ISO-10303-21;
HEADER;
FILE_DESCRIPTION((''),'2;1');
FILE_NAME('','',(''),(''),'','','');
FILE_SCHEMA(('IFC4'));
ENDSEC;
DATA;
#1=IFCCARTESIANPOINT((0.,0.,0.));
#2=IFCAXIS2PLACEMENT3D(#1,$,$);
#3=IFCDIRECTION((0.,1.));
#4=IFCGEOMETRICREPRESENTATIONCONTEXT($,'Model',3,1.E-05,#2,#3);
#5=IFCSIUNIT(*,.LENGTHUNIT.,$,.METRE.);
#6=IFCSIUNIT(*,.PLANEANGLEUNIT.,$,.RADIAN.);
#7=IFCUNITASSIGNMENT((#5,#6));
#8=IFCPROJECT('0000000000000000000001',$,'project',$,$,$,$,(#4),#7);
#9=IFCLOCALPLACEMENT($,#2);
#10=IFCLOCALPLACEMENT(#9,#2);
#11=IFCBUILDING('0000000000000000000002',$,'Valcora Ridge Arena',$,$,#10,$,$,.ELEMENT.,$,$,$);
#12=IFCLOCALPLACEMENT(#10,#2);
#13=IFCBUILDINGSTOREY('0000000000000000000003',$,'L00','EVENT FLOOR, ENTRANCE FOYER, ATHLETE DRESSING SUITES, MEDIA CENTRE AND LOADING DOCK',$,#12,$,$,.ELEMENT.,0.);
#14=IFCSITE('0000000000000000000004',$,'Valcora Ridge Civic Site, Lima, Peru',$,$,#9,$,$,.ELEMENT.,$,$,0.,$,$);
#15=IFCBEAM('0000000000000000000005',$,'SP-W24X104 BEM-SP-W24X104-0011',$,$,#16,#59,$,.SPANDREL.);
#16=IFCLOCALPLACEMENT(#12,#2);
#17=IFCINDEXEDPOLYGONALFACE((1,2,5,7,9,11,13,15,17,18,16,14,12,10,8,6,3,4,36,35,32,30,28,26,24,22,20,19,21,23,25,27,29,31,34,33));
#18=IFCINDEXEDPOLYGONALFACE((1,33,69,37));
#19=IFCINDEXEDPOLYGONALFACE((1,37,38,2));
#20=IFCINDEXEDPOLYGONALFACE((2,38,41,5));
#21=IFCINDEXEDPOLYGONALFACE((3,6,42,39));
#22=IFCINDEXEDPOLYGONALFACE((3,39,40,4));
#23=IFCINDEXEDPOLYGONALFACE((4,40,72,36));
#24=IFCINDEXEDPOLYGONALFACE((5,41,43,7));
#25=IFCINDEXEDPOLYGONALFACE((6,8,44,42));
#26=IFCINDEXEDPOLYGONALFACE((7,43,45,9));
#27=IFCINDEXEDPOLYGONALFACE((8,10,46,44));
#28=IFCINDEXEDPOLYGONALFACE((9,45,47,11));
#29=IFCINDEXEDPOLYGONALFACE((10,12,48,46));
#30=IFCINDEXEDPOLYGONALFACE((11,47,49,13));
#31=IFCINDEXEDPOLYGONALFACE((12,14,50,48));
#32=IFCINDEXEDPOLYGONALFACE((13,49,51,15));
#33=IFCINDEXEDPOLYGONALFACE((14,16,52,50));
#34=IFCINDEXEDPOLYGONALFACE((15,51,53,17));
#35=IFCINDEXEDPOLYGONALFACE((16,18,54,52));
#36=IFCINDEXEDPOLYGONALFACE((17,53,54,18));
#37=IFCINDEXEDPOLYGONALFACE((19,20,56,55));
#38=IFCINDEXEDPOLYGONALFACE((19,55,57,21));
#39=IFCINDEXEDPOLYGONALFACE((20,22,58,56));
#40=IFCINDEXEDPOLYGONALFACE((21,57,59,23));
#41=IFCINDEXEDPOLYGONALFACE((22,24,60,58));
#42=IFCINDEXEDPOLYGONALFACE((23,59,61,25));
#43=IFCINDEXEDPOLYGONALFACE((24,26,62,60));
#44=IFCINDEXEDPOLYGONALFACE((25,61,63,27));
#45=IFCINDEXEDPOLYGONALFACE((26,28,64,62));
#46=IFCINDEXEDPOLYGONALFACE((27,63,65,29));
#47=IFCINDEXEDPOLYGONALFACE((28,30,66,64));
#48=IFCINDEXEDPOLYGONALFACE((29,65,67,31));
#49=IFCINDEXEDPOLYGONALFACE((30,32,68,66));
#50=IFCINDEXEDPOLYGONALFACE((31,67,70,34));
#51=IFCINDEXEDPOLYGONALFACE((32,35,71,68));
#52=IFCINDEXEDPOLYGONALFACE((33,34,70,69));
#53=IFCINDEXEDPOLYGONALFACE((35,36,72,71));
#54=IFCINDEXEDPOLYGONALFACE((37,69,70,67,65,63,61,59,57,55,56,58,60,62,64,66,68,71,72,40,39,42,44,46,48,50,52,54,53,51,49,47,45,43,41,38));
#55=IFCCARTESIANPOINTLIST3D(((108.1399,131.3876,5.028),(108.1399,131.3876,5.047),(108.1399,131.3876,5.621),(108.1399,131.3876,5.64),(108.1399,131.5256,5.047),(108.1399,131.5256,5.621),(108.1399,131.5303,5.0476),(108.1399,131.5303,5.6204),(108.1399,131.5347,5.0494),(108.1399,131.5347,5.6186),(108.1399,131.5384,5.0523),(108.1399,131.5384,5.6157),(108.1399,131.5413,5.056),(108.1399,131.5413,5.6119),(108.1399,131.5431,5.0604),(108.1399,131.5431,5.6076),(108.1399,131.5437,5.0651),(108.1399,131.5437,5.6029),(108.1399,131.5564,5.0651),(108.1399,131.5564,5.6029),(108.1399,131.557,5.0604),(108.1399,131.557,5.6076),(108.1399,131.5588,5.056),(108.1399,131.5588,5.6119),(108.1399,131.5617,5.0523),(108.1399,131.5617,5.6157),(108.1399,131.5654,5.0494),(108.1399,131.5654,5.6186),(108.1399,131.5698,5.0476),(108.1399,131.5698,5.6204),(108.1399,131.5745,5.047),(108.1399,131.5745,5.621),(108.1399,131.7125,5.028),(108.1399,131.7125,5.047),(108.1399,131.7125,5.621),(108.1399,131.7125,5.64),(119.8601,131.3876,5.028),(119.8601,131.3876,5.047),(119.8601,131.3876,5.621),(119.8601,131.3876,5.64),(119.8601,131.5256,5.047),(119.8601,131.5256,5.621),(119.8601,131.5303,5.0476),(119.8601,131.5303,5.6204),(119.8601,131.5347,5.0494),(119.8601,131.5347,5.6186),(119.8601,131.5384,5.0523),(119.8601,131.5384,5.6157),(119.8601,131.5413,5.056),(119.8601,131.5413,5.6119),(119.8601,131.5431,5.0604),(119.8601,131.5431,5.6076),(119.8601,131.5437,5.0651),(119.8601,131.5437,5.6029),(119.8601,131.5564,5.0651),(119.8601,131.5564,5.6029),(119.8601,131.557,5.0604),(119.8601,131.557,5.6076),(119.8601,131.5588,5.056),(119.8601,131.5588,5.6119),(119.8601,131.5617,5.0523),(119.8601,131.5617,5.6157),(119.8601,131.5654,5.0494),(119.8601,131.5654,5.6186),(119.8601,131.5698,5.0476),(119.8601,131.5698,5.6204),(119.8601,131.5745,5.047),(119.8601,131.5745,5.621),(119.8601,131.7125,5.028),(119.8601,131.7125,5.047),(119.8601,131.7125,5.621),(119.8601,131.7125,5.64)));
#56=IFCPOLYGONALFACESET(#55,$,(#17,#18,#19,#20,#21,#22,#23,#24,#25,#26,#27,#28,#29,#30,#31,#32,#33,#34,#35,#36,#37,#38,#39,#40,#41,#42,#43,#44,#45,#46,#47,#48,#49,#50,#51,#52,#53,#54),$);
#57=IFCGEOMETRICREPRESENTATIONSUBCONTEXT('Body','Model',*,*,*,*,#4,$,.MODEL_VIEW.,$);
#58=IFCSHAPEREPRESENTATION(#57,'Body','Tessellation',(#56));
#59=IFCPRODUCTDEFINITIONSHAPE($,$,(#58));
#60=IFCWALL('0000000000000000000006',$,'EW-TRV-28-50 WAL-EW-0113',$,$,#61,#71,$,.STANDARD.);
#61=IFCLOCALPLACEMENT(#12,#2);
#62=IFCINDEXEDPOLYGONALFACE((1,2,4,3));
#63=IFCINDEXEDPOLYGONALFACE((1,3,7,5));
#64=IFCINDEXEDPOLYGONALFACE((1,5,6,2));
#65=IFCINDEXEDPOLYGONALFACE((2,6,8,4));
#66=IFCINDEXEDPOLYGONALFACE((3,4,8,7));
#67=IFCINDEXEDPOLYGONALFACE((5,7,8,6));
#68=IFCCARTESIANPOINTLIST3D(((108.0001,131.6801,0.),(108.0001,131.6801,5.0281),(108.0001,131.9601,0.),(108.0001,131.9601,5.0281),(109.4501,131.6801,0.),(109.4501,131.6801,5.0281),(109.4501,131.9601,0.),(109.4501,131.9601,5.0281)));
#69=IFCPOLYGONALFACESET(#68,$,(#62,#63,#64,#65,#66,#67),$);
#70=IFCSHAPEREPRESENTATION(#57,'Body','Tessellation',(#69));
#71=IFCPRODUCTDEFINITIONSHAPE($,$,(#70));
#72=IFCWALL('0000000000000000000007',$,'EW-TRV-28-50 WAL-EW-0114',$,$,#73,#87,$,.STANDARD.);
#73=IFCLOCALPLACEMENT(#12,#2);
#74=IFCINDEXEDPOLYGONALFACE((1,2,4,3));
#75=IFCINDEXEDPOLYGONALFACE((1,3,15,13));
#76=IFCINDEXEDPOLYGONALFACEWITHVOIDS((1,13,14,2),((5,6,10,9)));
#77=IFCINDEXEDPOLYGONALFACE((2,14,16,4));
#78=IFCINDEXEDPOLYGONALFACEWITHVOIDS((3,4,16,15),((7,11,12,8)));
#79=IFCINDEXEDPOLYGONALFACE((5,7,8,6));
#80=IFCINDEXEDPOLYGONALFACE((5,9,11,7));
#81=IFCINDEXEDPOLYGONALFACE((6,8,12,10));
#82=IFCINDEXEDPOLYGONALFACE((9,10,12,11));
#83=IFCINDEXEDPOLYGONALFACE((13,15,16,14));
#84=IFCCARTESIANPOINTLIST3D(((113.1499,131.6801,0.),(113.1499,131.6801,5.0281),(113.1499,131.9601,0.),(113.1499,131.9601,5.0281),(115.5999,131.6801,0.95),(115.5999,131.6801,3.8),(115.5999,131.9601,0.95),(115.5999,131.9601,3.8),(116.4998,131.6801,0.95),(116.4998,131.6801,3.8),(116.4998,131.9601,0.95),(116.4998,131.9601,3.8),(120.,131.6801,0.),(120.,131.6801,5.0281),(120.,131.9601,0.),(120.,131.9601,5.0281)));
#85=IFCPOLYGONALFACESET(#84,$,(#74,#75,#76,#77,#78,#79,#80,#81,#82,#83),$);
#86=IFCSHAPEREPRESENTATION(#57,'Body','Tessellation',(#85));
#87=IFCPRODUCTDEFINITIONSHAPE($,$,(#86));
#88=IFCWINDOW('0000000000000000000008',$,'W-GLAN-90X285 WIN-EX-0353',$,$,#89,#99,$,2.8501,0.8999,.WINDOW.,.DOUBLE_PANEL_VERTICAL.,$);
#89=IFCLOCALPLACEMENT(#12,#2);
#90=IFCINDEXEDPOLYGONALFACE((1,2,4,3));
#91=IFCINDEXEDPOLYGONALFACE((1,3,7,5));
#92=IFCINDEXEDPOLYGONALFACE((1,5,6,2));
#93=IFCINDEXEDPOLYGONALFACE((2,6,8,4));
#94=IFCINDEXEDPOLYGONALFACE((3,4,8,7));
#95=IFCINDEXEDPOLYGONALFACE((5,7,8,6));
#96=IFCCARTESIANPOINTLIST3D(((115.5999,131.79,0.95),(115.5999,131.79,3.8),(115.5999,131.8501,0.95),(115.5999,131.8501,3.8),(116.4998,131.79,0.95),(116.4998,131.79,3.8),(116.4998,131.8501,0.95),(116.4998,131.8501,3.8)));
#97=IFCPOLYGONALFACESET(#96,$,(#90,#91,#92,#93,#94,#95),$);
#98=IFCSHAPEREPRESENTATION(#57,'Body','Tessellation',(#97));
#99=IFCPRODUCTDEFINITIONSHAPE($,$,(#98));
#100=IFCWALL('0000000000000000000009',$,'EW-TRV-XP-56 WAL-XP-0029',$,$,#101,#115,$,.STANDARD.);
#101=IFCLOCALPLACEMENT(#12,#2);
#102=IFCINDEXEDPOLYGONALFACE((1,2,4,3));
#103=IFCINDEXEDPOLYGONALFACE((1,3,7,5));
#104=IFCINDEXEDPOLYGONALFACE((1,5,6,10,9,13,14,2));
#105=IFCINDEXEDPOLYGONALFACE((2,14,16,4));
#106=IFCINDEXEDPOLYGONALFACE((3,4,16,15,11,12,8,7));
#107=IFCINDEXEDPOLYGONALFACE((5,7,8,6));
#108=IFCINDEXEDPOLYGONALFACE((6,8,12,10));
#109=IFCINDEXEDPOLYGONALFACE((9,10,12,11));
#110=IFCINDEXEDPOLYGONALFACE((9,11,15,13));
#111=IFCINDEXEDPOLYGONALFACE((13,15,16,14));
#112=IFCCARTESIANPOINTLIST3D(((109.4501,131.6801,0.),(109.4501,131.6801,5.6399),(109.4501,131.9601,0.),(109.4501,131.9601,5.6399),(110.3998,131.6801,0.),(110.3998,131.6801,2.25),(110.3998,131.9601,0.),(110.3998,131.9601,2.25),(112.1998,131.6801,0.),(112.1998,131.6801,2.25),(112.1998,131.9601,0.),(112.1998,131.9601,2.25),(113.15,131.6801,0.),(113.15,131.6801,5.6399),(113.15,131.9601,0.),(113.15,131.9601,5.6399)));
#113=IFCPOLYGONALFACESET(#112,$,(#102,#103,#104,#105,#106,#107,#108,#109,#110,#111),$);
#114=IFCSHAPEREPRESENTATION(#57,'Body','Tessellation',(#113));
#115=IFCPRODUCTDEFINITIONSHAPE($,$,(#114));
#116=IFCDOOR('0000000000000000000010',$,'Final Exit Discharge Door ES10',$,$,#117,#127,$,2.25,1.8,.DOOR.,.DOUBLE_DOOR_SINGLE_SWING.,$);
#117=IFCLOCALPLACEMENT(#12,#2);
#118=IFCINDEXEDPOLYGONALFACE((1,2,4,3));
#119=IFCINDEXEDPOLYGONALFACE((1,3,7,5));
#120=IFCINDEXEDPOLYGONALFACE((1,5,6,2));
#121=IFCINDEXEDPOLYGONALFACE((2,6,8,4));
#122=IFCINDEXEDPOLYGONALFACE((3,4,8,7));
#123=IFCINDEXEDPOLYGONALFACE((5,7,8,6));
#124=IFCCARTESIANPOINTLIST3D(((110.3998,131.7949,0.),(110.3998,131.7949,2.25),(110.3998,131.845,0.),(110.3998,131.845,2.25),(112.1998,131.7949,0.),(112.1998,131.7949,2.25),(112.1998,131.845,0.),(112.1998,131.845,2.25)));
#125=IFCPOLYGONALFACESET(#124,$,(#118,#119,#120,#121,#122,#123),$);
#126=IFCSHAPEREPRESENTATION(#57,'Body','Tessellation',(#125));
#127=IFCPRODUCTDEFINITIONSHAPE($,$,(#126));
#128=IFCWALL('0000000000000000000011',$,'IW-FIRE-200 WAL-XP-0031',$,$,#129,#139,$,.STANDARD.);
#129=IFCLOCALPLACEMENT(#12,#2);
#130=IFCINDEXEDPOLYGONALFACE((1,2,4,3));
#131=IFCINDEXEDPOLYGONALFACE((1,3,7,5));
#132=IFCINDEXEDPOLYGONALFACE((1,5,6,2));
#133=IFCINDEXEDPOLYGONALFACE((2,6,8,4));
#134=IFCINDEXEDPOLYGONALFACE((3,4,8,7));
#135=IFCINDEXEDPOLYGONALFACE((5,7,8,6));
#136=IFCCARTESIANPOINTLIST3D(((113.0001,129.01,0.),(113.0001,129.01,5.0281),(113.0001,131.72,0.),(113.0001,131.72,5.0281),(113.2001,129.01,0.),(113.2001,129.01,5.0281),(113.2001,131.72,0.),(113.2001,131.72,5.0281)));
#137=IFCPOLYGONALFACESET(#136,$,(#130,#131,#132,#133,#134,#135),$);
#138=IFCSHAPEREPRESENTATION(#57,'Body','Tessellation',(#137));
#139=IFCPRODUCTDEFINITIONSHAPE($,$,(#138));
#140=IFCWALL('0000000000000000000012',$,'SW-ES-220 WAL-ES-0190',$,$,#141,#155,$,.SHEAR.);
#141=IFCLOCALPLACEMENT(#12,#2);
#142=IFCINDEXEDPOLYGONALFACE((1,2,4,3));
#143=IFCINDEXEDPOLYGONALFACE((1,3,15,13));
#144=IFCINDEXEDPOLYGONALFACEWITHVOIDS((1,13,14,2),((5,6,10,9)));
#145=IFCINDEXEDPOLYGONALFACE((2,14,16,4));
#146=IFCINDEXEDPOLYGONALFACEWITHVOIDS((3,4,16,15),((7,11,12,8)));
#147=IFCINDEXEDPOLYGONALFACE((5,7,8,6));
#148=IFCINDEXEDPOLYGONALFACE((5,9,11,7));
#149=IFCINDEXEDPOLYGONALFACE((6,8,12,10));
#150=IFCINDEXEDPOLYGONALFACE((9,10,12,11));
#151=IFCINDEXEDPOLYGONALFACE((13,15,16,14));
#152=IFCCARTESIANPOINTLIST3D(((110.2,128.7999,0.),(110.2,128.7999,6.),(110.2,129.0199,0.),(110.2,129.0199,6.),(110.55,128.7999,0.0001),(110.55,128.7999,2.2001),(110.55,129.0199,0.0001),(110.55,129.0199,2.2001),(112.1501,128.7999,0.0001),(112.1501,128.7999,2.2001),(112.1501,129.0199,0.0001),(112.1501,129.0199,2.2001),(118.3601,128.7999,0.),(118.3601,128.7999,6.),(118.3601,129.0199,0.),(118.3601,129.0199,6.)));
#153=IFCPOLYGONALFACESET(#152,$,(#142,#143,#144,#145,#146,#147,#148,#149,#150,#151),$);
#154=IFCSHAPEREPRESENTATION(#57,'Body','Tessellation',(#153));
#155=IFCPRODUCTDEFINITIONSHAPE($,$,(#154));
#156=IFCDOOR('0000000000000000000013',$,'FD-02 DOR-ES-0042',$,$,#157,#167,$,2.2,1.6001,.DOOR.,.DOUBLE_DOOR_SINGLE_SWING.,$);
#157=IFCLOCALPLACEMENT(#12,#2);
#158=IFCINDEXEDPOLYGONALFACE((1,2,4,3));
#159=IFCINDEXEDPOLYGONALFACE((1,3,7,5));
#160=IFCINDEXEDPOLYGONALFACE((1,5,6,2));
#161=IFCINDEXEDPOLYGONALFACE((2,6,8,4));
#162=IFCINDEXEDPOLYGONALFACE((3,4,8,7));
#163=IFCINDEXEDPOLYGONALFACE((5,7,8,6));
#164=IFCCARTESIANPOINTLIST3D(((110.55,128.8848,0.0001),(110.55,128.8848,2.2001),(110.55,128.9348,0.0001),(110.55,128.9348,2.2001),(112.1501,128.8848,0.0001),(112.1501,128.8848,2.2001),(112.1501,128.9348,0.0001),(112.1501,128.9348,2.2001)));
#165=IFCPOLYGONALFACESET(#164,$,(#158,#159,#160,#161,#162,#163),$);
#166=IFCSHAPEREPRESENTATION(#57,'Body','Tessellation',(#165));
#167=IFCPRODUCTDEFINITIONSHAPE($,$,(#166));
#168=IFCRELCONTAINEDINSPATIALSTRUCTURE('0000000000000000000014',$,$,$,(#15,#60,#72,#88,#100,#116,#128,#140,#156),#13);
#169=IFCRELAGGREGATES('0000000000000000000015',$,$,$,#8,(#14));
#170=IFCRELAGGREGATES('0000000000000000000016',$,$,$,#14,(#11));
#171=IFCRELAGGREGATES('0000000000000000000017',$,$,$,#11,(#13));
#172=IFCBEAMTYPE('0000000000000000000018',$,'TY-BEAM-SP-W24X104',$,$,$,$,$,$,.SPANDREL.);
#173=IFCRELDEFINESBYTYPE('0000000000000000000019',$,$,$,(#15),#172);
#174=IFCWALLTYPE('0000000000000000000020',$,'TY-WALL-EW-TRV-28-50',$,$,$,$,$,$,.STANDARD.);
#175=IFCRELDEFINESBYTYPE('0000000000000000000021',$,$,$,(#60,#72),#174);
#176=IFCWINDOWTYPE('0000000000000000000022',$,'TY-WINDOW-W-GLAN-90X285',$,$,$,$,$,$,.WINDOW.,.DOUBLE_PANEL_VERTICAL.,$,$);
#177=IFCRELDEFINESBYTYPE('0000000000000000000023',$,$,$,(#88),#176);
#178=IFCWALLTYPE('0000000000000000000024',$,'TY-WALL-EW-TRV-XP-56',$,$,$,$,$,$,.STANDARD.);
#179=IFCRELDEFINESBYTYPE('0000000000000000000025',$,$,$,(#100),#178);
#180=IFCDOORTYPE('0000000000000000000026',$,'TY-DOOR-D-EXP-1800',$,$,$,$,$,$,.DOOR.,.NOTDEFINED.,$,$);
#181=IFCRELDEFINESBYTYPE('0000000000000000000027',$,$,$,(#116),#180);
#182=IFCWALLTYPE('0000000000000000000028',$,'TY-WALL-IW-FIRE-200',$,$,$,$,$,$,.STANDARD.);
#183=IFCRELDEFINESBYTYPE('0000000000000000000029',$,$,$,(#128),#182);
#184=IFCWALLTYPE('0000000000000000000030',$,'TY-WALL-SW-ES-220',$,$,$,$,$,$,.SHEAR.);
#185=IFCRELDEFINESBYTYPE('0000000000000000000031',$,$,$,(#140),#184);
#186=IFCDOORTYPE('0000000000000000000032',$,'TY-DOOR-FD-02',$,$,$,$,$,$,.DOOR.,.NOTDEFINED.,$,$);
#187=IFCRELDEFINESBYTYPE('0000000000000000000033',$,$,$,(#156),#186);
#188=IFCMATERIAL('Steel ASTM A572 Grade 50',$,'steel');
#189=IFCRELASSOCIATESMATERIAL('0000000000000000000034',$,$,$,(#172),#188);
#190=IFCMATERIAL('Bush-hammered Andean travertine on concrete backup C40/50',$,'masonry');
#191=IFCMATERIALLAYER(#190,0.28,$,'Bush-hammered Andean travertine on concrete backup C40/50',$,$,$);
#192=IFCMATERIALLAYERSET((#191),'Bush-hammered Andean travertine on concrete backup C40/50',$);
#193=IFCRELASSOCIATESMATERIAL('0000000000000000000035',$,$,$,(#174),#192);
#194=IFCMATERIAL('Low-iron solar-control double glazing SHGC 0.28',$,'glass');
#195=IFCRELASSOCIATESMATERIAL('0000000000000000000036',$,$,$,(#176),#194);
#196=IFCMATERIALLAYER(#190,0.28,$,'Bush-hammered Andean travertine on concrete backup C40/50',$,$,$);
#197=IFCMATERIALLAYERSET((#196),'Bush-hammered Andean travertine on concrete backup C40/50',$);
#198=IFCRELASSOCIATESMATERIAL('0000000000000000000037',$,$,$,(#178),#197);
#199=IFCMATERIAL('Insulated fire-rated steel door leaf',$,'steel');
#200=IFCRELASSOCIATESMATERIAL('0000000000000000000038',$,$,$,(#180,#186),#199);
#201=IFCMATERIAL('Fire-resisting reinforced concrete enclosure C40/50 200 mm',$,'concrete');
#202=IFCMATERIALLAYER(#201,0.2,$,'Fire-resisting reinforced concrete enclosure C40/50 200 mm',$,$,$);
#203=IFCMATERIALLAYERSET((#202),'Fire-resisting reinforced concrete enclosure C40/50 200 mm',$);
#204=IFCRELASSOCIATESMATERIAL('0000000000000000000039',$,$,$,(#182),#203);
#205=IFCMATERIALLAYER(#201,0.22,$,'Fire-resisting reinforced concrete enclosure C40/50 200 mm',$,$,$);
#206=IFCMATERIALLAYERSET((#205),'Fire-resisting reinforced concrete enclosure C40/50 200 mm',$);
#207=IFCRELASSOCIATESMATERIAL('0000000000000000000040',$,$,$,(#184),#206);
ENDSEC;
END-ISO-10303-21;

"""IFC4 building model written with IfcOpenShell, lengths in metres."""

from ifc_helpers import new_model, si_unit, direction, frame, frame_2d, origin, origin_2d, place, context, subcontext, project, spatial, rectangle, i_section, extrude, material, layer, layer_set, material_profile, profile_set, type_object, element, fill, save


model = new_model("IFC4")

# Units and contexts
model_context = context("Model", 3, precision=1e-05, world=origin(), true_north=direction((0.0, 1.0)))
body_context = subcontext(model_context, "Body", "Model", "MODEL_VIEW")
ifc_project = project(units=[si_unit("LENGTHUNIT", "METRE"), si_unit("PLANEANGLEUNIT", "RADIAN")], contexts=[model_context])

# Site, building, storey
site_placement = place(None, origin())
site = spatial("IfcSite", under=ifc_project, at=site_placement, Name="Valcora Ridge Civic Site, Lima, Peru", CompositionType="ELEMENT", RefElevation=0.0)
building_placement = place(site_placement, origin())
building = spatial("IfcBuilding", under=site, at=building_placement, Name="Valcora Ridge Arena", CompositionType="ELEMENT")
storey_placement = place(building_placement, origin())
storey = spatial("IfcBuildingStorey", under=building, at=storey_placement, Name="L00", Description="EVENT FLOOR, ENTRANCE FOYER, ATHLETE DRESSING SUITES, MEDIA CENTRE AND LOADING DOCK", CompositionType="ELEMENT", Elevation=0.0)

# Beam
ifc_material_1 = material(Name="Steel ASTM A572 Grade 50", Category="steel")
ifc_material_profile_1 = material_profile(ifc_material_1, i_section(OverallWidth=0.325, OverallDepth=0.6121, WebThickness=0.0127, FlangeThickness=0.019, FilletRadius=0.0181, at=origin_2d()), Name="W24X104")
ifc_profile_set_1 = profile_set([ifc_material_profile_1], Name="Steel ASTM A572 Grade 50")
beam_type = type_object("IfcBeamType", Name="TY-BEAM-SP-W24X104", PredefinedType="SPANDREL", material=ifc_profile_set_1)
for number, where, z_axis, x_axis, name in (
    (1, (108.1399, 131.55, 5.334), (1.0, 0.0, 0.0), (0.0, 1.0, 0.0), "SP-W24X104 BEM-SP-W24X104-0011"),
):
    element("IfcBeam", number, at=place(storey_placement, frame(where, z_axis=z_axis, x_axis=x_axis)), inside=storey, type_object=beam_type, Name=name, PredefinedType="SPANDREL", context=body_context, shape_type="SweptSolid", body=[
        extrude(i_section(OverallWidth=0.325, OverallDepth=0.6121, WebThickness=0.0127, FlangeThickness=0.019, FilletRadius=0.0181, at=origin_2d()), origin(), (0.0, 0.0, 1.0), 11.7202),
    ])

# Wall
ifc_material_2 = material(Name="Bush-hammered Andean travertine on concrete backup C40/50", Category="masonry")
ifc_layer_1 = layer(ifc_material_2, 0.28, Name="Bush-hammered Andean travertine on concrete backup C40/50")
ifc_layer_set_1 = layer_set([ifc_layer_1], Name="Bush-hammered Andean travertine on concrete backup C40/50")
wall_type_1 = type_object("IfcWallType", Name="TY-WALL-EW-TRV-28-50", PredefinedType="STANDARD", material=ifc_layer_set_1)
wall_1_placement = place(storey_placement, frame((108.0, 131.8201, 0.0), z_axis=(0.0, 0.0, 1.0), x_axis=(1.0, 0.0, 0.0)))
element("IfcWall", 2, at=wall_1_placement, inside=storey, type_object=wall_type_1, Name="EW-TRV-28-50 WAL-EW-0113", PredefinedType="STANDARD", context=body_context, shape_type="SweptSolid", body=[
    extrude(rectangle(XDim=1.45, YDim=0.28, at=frame_2d((0.7251, 0.0))), origin(), (0.0, 0.0, 1.0), 5.0281),
])

# Wall, opening, window
wall_2_placement = place(storey_placement, frame((113.1499, 131.8201, 0.0), z_axis=(0.0, 0.0, 1.0), x_axis=(1.0, 0.0, 0.0)))
wall_2 = element("IfcWall", 3, at=wall_2_placement, inside=storey, type_object=wall_type_1, Name="EW-TRV-28-50 WAL-EW-0114", PredefinedType="STANDARD", context=body_context, shape_type="SweptSolid", body=[
    extrude(rectangle(XDim=6.8501, YDim=0.28, at=frame_2d((3.425, 0.0))), origin(), (0.0, 0.0, 1.0), 5.0281),
])
opening_1_placement = place(wall_2_placement, frame((2.45, 0.0, 0.95)))
opening_1 = element("IfcOpeningElement", 4, at=opening_1_placement, cuts=wall_2, PredefinedType="OPENING", context=body_context, shape_type="SweptSolid", body=[
    extrude(rectangle(XDim=0.8999, YDim=2.8501, at=frame_2d((0.45, 1.425))), frame((0.0, 0.1499, 0.0), z_axis=(0.0, -1.0, 0.0), x_axis=(1.0, 0.0, 0.0)), (0.0, 0.0, 1.0), 0.3),
])
ifc_material_3 = material(Name="Low-iron solar-control double glazing SHGC 0.28", Category="glass")
window_type = type_object("IfcWindowType", Name="TY-WINDOW-W-GLAN-90X285", PartitioningType="DOUBLE_PANEL_VERTICAL", PredefinedType="WINDOW", material=ifc_material_3)
window_placement = place(opening_1_placement, origin())
window = element("IfcWindow", 5, at=window_placement, inside=storey, type_object=window_type, Name="W-GLAN-90X285 WIN-EX-0353", OverallHeight=2.8501, OverallWidth=0.8999, PartitioningType="DOUBLE_PANEL_VERTICAL", PredefinedType="WINDOW", context=body_context, shape_type="SweptSolid", body=[
    extrude(rectangle(XDim=0.8999, YDim=2.8501, at=frame_2d((0.45, 1.425))), frame((0.0, 0.03, 0.0), z_axis=(0.0, -1.0, 0.0), x_axis=(1.0, 0.0, 0.0)), (0.0, 0.0, 1.0), 0.0601),
])
fill(opening_1, window)

# Wall, opening, door
ifc_layer_2 = layer(ifc_material_2, 0.28, Name="Bush-hammered Andean travertine on concrete backup C40/50")
ifc_layer_set_2 = layer_set([ifc_layer_2], Name="Bush-hammered Andean travertine on concrete backup C40/50")
wall_type_2 = type_object("IfcWallType", Name="TY-WALL-EW-TRV-XP-56", PredefinedType="STANDARD", material=ifc_layer_set_2)
wall_3_placement = place(storey_placement, frame((109.45, 131.8201, 0.0), z_axis=(0.0, 0.0, 1.0), x_axis=(1.0, 0.0, 0.0)))
wall_3 = element("IfcWall", 6, at=wall_3_placement, inside=storey, type_object=wall_type_2, Name="EW-TRV-XP-56 WAL-XP-0029", PredefinedType="STANDARD", context=body_context, shape_type="SweptSolid", body=[
    extrude(rectangle(XDim=3.7, YDim=0.28, at=frame_2d((1.8501, 0.0))), origin(), (0.0, 0.0, 1.0), 5.6399),
])
opening_2_placement = place(wall_3_placement, frame((0.95, 0.0, 0.0)))
opening_2 = element("IfcOpeningElement", 7, at=opening_2_placement, cuts=wall_3, PredefinedType="OPENING", context=body_context, shape_type="SweptSolid", body=[
    extrude(rectangle(XDim=1.8, YDim=2.25, at=frame_2d((0.8999, 1.125))), frame((0.0, 0.1499, 0.0), z_axis=(0.0, -1.0, 0.0), x_axis=(1.0, 0.0, 0.0)), (0.0, 0.0, 1.0), 0.3),
])
ifc_material_4 = material(Name="Insulated fire-rated steel door leaf", Category="steel")
door_type_1 = type_object("IfcDoorType", Name="TY-DOOR-D-EXP-1800", OperationType="NOTDEFINED", PredefinedType="DOOR", material=ifc_material_4)
door_1_placement = place(opening_2_placement, origin())
door_1 = element("IfcDoor", 8, at=door_1_placement, inside=storey, type_object=door_type_1, Name="Final Exit Discharge Door ES10", OperationType="DOUBLE_DOOR_SINGLE_SWING", OverallHeight=2.25, OverallWidth=1.8, PredefinedType="DOOR", context=body_context, shape_type="SweptSolid", body=[
    extrude(rectangle(XDim=1.8, YDim=2.25, at=frame_2d((0.8999, 1.125))), frame((0.0, 0.0249, 0.0), z_axis=(0.0, -1.0, 0.0), x_axis=(1.0, 0.0, 0.0)), (0.0, 0.0, 1.0), 0.05),
])
fill(opening_2, door_1)
ifc_material_5 = material(Name="Fire-resisting reinforced concrete enclosure C40/50 200 mm", Category="concrete")
ifc_layer_3 = layer(ifc_material_5, 0.2, Name="Fire-resisting reinforced concrete enclosure C40/50 200 mm")
ifc_layer_set_3 = layer_set([ifc_layer_3], Name="Fire-resisting reinforced concrete enclosure C40/50 200 mm")
wall_type_3 = type_object("IfcWallType", Name="TY-WALL-IW-FIRE-200", PredefinedType="STANDARD", material=ifc_layer_set_3)

# Wall
wall_4_placement = place(storey_placement, frame((113.1001, 129.01, 0.0), z_axis=(0.0, 0.0, 1.0), x_axis=(0.0, 1.0, 0.0)))
element("IfcWall", 9, at=wall_4_placement, inside=storey, type_object=wall_type_3, Name="IW-FIRE-200 WAL-XP-0031", PredefinedType="STANDARD", context=body_context, shape_type="SweptSolid", body=[
    extrude(rectangle(XDim=2.71, YDim=0.2, at=frame_2d((1.355, 0.0))), origin(), (0.0, 0.0, 1.0), 5.0281),
])

# Wall, opening, door
ifc_layer_4 = layer(ifc_material_5, 0.22, Name="Fire-resisting reinforced concrete enclosure C40/50 200 mm")
ifc_layer_set_4 = layer_set([ifc_layer_4], Name="Fire-resisting reinforced concrete enclosure C40/50 200 mm")
wall_type_4 = type_object("IfcWallType", Name="TY-WALL-SW-ES-220", PredefinedType="SHEAR", material=ifc_layer_set_4)
wall_5_placement = place(storey_placement, frame((110.2, 128.9099, 0.0), z_axis=(0.0, 0.0, 1.0), x_axis=(1.0, 0.0, 0.0)))
wall_5 = element("IfcWall", 10, at=wall_5_placement, inside=storey, type_object=wall_type_4, Name="SW-ES-220 WAL-ES-0190", PredefinedType="SHEAR", context=body_context, shape_type="SweptSolid", body=[
    extrude(rectangle(XDim=8.1602, YDim=0.22, at=frame_2d((4.0801, 0.0))), origin(), (0.0, 0.0, 1.0), 6.0),
])
opening_3_placement = place(wall_5_placement, frame((0.3501, 0.0, 0.0)))
opening_3 = element("IfcOpeningElement", 11, at=opening_3_placement, cuts=wall_5, PredefinedType="OPENING", context=body_context, shape_type="SweptSolid", body=[
    extrude(rectangle(XDim=1.6001, YDim=2.2, at=frame_2d((0.8, 1.1001))), frame((0.0, 0.1199, 0.0), z_axis=(0.0, -1.0, 0.0), x_axis=(1.0, 0.0, 0.0)), (0.0, 0.0, 1.0), 0.24),
])
door_type_2 = type_object("IfcDoorType", Name="TY-DOOR-FD-02", OperationType="NOTDEFINED", PredefinedType="DOOR", material=ifc_material_4)
door_2_placement = place(opening_3_placement, origin())
door_2 = element("IfcDoor", 12, at=door_2_placement, inside=storey, type_object=door_type_2, Name="FD-02 DOR-ES-0042", OperationType="DOUBLE_DOOR_SINGLE_SWING", OverallHeight=2.2, OverallWidth=1.6001, PredefinedType="DOOR", context=body_context, shape_type="SweptSolid", body=[
    extrude(rectangle(XDim=1.6001, YDim=2.2, at=frame_2d((0.8, 1.1001))), frame((0.0, 0.0249, 0.0), z_axis=(0.0, -1.0, 0.0), x_axis=(1.0, 0.0, 0.0)), (0.0, 0.0, 1.0), 0.05),
])
fill(opening_3, door_2)

save(model, "model.ifc")
